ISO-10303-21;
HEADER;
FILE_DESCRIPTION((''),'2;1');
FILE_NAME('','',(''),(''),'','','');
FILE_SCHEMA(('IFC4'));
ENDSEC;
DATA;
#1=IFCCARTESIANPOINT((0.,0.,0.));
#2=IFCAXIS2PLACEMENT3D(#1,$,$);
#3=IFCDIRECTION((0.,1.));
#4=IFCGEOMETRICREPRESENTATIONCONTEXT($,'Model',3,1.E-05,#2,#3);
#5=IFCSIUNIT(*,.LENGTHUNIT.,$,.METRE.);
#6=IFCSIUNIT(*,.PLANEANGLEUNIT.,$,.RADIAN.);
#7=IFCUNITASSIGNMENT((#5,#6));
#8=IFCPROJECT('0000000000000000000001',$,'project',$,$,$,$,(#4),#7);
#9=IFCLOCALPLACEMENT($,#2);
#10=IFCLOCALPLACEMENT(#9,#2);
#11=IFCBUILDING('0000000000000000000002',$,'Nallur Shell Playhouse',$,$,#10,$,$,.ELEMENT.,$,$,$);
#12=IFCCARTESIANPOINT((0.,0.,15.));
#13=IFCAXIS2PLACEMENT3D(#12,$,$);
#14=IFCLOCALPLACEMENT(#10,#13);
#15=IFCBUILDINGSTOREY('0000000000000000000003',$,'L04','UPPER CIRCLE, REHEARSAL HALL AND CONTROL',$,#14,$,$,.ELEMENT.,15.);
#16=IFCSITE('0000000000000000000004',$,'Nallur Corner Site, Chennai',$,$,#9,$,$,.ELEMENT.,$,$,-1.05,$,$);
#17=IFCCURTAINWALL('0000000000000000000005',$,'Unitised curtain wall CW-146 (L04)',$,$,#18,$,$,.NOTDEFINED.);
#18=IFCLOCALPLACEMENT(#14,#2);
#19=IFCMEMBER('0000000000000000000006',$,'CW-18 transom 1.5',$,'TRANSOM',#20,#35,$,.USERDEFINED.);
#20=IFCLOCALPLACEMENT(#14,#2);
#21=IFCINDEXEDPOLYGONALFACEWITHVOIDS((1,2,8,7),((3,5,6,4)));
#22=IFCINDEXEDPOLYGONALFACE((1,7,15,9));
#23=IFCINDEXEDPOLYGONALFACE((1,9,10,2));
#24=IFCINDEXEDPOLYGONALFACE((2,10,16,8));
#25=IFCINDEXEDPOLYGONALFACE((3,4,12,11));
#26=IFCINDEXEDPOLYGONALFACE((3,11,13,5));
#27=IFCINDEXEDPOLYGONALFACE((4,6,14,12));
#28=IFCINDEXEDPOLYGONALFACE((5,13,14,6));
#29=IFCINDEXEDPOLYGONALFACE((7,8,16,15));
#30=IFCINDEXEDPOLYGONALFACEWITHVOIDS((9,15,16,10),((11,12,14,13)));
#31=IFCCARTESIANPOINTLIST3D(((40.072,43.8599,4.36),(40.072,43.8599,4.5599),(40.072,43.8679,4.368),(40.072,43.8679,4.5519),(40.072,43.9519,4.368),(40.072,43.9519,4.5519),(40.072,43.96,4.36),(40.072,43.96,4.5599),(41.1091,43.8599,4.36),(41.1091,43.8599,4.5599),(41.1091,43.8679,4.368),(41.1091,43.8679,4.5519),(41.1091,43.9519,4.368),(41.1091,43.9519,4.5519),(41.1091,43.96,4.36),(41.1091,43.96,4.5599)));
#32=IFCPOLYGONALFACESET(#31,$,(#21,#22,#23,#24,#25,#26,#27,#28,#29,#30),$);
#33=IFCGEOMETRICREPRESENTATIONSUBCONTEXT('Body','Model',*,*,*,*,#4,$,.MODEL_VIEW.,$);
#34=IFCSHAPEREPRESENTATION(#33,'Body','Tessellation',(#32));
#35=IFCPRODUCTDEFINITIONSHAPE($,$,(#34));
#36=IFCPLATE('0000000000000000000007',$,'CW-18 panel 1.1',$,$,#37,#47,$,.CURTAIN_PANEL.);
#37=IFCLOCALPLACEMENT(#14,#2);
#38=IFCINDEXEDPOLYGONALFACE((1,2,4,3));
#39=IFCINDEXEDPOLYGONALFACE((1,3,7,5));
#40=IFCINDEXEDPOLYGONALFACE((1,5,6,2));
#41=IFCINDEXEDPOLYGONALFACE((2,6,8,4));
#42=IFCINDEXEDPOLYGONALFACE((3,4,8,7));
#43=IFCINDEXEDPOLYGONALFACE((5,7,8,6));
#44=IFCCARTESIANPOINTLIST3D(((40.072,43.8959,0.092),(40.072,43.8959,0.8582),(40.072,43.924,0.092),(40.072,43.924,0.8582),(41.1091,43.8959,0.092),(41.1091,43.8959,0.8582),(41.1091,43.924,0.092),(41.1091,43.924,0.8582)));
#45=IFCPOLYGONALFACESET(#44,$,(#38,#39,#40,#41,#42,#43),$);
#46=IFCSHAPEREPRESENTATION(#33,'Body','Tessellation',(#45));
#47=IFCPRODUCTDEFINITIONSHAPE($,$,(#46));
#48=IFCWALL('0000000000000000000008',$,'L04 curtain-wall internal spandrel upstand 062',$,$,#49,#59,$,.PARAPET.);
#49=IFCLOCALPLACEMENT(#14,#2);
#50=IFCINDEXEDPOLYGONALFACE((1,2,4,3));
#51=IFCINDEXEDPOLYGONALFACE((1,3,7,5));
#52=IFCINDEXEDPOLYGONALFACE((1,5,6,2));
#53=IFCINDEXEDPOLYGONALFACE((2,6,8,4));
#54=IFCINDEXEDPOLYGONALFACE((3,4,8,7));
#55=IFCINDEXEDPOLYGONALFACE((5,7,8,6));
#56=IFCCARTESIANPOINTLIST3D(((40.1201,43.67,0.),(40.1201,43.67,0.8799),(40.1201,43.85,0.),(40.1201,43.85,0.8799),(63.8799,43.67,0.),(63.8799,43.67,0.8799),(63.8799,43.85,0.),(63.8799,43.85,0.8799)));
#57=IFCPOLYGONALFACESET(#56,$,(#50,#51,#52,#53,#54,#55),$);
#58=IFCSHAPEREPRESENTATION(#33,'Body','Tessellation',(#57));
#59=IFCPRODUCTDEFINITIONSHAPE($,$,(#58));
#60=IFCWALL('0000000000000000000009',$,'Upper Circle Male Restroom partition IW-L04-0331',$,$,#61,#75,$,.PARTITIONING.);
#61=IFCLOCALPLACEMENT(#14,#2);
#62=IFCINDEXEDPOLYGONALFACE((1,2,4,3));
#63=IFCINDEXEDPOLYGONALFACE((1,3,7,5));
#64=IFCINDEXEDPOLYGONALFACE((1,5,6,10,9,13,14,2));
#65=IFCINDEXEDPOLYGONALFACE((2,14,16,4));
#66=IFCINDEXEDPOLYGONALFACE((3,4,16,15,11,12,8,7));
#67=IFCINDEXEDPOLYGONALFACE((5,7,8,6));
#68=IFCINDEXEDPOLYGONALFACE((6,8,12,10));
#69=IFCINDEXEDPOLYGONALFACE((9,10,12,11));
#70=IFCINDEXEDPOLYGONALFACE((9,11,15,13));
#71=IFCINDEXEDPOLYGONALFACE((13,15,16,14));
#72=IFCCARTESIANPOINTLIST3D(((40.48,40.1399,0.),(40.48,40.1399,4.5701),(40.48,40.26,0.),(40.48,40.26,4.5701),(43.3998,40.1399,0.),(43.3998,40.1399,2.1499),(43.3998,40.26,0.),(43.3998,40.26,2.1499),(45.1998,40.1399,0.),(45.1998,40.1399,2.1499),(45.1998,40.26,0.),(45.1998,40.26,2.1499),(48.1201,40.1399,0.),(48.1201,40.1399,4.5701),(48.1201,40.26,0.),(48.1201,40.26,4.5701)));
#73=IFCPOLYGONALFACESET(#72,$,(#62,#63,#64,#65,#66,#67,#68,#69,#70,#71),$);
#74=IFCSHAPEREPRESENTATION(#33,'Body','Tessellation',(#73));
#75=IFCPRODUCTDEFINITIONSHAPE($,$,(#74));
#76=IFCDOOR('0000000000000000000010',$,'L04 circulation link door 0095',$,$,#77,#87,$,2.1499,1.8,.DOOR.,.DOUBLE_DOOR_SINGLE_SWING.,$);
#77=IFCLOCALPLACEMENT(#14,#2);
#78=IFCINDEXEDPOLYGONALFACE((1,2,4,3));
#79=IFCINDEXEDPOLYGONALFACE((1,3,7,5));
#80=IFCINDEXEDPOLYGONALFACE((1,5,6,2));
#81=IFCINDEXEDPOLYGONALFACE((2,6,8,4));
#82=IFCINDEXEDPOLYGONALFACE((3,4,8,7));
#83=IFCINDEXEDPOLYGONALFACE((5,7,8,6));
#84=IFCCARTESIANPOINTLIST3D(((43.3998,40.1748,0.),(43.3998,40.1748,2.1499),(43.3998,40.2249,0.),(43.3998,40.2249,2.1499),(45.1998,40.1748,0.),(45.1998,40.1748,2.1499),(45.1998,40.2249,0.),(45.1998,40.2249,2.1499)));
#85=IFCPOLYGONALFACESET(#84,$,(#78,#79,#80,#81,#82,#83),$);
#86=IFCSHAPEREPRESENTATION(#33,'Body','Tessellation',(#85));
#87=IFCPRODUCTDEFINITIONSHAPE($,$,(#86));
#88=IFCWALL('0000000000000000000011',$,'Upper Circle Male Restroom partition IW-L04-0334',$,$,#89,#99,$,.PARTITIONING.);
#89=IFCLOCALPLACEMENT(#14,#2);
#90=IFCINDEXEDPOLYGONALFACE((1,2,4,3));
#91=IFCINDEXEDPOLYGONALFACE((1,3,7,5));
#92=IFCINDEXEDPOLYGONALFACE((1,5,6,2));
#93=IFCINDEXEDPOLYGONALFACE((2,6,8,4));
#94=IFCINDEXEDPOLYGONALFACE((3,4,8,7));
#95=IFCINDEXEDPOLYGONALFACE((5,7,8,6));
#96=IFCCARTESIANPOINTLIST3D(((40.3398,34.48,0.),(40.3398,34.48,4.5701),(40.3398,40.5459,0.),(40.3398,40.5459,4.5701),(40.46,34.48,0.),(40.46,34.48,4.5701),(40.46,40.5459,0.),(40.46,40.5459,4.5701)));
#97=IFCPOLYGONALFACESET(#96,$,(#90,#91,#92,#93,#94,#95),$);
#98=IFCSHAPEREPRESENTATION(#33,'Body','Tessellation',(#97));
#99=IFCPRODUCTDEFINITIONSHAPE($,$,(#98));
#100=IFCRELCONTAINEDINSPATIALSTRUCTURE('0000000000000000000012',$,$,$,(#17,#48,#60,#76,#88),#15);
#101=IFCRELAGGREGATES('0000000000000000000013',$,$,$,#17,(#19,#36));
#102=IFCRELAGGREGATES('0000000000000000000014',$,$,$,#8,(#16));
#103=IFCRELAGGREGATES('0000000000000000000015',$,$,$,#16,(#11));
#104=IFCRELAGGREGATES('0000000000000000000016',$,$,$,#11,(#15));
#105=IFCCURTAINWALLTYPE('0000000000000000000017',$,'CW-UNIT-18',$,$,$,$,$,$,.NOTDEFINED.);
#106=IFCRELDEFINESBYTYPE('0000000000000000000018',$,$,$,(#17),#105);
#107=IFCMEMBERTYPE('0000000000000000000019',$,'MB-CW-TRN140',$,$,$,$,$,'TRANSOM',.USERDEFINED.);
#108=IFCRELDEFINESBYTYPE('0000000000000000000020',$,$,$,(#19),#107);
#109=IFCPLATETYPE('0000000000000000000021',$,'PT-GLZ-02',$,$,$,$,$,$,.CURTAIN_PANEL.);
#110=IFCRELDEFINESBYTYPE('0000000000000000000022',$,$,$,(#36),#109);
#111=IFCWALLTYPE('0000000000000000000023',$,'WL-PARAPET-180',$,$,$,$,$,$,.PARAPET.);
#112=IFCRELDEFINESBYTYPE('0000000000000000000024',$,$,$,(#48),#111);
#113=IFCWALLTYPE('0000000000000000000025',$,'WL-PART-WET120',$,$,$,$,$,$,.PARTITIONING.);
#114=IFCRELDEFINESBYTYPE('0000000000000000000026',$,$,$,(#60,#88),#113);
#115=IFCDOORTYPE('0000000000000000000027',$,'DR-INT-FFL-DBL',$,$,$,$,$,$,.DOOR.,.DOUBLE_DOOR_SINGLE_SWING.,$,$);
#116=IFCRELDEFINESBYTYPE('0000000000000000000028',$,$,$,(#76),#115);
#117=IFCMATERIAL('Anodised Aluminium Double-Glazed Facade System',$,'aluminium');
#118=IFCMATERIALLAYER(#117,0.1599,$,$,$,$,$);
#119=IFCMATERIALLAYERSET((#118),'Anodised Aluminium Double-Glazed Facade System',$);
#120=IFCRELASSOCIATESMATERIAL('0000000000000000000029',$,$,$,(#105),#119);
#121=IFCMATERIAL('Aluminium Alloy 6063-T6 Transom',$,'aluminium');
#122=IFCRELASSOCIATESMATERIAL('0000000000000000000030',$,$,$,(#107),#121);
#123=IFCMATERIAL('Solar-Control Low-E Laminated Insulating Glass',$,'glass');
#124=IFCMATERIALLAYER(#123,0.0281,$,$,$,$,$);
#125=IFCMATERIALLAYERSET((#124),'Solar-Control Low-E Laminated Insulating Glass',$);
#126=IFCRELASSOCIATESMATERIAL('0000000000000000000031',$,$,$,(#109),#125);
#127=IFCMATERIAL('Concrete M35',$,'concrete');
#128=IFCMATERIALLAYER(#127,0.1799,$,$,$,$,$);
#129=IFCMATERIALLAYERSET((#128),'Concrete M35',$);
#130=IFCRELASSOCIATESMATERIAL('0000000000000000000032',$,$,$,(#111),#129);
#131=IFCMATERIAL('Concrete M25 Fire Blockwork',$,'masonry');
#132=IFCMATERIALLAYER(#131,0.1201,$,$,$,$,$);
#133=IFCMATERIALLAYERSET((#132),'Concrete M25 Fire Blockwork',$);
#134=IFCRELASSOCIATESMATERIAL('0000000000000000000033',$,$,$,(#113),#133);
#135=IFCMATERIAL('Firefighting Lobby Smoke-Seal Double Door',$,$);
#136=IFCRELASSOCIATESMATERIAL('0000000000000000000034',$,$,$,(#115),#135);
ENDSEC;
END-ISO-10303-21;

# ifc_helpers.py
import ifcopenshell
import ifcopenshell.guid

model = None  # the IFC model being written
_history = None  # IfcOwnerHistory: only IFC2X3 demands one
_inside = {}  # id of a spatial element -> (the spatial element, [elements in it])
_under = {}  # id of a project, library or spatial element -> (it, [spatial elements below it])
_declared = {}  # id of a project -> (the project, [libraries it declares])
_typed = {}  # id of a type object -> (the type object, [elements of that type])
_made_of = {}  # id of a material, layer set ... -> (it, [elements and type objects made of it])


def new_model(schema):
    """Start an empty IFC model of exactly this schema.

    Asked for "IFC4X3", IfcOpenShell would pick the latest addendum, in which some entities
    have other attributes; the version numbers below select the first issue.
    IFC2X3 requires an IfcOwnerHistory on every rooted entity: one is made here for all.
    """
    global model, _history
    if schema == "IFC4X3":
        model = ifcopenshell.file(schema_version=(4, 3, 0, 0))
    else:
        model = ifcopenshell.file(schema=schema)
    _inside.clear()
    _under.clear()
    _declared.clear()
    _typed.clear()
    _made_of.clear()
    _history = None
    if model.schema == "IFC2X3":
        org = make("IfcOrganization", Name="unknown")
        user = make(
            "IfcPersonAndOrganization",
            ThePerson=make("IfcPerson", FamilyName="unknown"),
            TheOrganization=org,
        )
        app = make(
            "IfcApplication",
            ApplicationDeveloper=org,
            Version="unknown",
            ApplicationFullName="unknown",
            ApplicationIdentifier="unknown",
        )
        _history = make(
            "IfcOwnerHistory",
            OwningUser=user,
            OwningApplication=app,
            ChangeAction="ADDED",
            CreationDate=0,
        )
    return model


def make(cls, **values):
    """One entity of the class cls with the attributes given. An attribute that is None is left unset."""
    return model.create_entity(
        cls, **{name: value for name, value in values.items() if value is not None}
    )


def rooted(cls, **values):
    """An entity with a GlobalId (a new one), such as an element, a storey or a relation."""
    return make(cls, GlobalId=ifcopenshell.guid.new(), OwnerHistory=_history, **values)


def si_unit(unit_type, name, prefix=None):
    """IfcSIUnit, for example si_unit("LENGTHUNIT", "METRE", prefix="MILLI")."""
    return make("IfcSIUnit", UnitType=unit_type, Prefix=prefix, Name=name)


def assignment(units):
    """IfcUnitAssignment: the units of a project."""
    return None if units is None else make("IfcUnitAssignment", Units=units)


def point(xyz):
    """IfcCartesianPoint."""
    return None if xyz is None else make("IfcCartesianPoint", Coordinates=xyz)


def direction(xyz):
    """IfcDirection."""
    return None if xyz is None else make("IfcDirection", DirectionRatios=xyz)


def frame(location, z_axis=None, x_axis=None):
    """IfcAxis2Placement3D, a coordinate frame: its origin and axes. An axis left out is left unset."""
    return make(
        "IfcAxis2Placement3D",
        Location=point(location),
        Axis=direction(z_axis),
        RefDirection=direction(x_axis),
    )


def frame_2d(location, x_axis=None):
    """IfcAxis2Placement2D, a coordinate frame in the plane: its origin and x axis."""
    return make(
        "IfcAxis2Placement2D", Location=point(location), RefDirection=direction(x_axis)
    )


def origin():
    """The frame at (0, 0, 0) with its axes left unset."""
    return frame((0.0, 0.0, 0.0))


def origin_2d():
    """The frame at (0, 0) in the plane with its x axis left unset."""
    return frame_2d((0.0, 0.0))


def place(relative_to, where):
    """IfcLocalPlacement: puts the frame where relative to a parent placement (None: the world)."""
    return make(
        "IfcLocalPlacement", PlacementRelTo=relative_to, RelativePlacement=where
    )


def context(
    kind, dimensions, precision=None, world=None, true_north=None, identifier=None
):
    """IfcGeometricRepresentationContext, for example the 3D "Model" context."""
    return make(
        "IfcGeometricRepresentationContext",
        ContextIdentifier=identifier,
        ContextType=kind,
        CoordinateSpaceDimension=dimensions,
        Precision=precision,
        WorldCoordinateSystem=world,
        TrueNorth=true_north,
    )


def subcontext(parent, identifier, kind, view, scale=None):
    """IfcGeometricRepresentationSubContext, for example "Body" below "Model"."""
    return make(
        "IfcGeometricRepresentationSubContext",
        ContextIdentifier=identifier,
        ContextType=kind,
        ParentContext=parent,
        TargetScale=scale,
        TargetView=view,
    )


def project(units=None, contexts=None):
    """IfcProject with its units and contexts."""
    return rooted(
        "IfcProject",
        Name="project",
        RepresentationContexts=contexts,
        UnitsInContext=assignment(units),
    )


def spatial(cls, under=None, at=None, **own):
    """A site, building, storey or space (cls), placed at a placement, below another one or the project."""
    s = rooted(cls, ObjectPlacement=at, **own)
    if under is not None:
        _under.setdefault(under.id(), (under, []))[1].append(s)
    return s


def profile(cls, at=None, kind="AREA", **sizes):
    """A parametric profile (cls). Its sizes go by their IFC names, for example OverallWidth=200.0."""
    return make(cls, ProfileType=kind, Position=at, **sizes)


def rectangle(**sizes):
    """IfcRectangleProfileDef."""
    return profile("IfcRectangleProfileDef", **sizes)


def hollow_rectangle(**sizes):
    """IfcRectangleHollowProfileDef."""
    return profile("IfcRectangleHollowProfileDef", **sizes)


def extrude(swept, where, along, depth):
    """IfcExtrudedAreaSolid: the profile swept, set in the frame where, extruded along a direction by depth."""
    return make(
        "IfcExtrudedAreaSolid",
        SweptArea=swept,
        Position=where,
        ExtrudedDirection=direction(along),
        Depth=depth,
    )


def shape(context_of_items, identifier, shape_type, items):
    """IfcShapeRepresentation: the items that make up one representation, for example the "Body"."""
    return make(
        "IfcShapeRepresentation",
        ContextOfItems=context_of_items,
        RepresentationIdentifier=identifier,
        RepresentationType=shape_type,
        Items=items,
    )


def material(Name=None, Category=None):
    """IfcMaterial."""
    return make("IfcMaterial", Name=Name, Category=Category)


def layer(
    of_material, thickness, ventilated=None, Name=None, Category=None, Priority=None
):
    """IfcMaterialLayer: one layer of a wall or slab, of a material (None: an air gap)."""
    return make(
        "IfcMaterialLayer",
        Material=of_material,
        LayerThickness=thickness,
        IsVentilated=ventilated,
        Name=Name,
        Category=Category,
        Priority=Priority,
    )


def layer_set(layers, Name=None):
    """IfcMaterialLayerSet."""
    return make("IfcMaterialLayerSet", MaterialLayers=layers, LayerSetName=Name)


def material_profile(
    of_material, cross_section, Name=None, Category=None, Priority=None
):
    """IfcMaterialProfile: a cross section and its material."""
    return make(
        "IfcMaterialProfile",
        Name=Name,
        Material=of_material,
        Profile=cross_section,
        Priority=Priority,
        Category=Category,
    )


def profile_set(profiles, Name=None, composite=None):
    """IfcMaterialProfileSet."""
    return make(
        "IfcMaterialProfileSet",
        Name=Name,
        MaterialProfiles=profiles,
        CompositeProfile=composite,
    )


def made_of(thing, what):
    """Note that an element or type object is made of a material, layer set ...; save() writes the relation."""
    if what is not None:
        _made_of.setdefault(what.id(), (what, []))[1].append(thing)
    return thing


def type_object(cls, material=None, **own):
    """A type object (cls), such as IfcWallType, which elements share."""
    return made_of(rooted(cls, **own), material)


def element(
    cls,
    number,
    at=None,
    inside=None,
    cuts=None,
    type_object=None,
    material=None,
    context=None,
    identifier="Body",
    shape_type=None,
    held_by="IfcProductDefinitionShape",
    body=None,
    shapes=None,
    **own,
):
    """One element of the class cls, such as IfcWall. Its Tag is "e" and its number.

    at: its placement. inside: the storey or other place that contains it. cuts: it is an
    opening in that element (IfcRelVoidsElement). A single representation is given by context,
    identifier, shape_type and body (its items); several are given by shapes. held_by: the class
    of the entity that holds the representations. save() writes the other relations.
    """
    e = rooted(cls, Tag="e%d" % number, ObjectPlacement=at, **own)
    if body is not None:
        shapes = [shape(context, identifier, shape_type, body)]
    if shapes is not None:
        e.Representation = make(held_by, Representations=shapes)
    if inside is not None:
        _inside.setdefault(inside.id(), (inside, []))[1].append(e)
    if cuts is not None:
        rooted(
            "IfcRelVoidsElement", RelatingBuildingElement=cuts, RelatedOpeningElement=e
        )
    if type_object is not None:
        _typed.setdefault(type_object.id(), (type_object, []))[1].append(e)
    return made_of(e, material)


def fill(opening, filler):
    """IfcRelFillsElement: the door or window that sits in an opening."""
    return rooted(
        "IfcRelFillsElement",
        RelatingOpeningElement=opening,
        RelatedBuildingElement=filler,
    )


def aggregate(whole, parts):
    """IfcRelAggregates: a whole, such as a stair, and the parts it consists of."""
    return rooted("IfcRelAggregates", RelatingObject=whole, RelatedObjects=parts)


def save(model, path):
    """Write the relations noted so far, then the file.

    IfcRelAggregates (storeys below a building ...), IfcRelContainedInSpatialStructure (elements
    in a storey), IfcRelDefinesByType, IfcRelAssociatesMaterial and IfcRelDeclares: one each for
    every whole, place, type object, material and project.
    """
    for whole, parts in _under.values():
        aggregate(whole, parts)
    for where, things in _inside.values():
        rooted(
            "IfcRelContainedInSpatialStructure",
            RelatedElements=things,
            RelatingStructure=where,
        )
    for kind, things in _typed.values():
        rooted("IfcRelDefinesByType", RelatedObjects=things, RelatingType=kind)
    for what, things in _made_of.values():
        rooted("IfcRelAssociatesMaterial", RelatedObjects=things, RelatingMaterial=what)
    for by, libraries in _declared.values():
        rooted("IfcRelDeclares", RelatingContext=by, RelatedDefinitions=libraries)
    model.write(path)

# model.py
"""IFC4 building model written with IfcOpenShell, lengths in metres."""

from ifc_helpers import new_model, si_unit, direction, frame, frame_2d, origin, origin_2d, place, context, subcontext, project, spatial, rectangle, hollow_rectangle, extrude, material, layer, layer_set, material_profile, profile_set, type_object, element, fill, aggregate, save


model = new_model("IFC4")

# Units and contexts
model_context = context("Model", 3, precision=1e-05, world=origin(), true_north=direction((0.0, 1.0)))
body_context = subcontext(model_context, "Body", "Model", "MODEL_VIEW")
ifc_project = project(units=[si_unit("LENGTHUNIT", "METRE"), si_unit("PLANEANGLEUNIT", "RADIAN")], contexts=[model_context])

# Site, building, storey
site_placement = place(None, origin())
site = spatial("IfcSite", under=ifc_project, at=site_placement, Name="Nallur Corner Site, Chennai", CompositionType="ELEMENT", RefElevation=-1.05)
building_placement = place(site_placement, origin())
building = spatial("IfcBuilding", under=site, at=building_placement, Name="Nallur Shell Playhouse", CompositionType="ELEMENT")
storey_placement = place(building_placement, frame((0.0, 0.0, 15.0)))
storey = spatial("IfcBuildingStorey", under=building, at=storey_placement, Name="L04", Description="UPPER CIRCLE, REHEARSAL HALL AND CONTROL", CompositionType="ELEMENT", Elevation=15.0)

# Shared definitions
ifc_material_1 = material(Name="Concrete M35", Category="concrete")

# Curtain wall, member, plate
ifc_material_2 = material(Name="Anodised Aluminium Double-Glazed Facade System", Category="aluminium")
ifc_layer_1 = layer(ifc_material_2, 0.1599)
ifc_layer_set_1 = layer_set([ifc_layer_1], Name="Anodised Aluminium Double-Glazed Facade System")
curtain_wall_type = type_object("IfcCurtainWallType", Name="CW-UNIT-18", PredefinedType="NOTDEFINED", material=ifc_layer_set_1)
curtain_wall_placement = place(storey_placement, origin())
curtain_wall = element("IfcCurtainWall", 1, at=curtain_wall_placement, inside=storey, type_object=curtain_wall_type, Name="Unitised curtain wall CW-146 (L04)", PredefinedType="NOTDEFINED")
ifc_material_3 = material(Name="Aluminium Alloy 6063-T6 Transom", Category="aluminium")
ifc_material_profile_1 = material_profile(ifc_material_3, hollow_rectangle(XDim=0.1001, YDim=0.2, WallThickness=0.0081, at=origin_2d()), Name="RHS 200x100x8")
ifc_profile_set_1 = profile_set([ifc_material_profile_1], Name="Aluminium Alloy 6063-T6 Transom")
member_type_1 = type_object("IfcMemberType", Name="MB-CW-TRN140", ElementType="TRANSOM", PredefinedType="USERDEFINED", material=ifc_profile_set_1)
member_1_placement = place(storey_placement, frame((40.072, 43.9099, 4.46), z_axis=(1.0, 0.0, 0.0), x_axis=(0.0, 1.0, 0.0)))
member_1 = element("IfcMember", 2, at=member_1_placement, type_object=member_type_1, Name="CW-18 transom 1.5", ObjectType="TRANSOM", PredefinedType="USERDEFINED", context=body_context, shape_type="SweptSolid", body=[
    extrude(hollow_rectangle(XDim=0.1001, YDim=0.2, WallThickness=0.0081, at=origin_2d()), origin(), (0.0, 0.0, 1.0), 1.0371),
])
ifc_material_4 = material(Name="Solar-Control Low-E Laminated Insulating Glass", Category="glass")
ifc_layer_2 = layer(ifc_material_4, 0.0281)
ifc_layer_set_2 = layer_set([ifc_layer_2], Name="Solar-Control Low-E Laminated Insulating Glass")
plate_type = type_object("IfcPlateType", Name="PT-GLZ-02", PredefinedType="CURTAIN_PANEL", material=ifc_layer_set_2)
plate_placement = place(storey_placement, frame((40.5906, 43.9099, 0.092), z_axis=(0.0, 0.0, 1.0), x_axis=(1.0, 0.0, 0.0)))
plate = element("IfcPlate", 3, at=plate_placement, type_object=plate_type, Name="CW-18 panel 1.1", PredefinedType="CURTAIN_PANEL", context=body_context, shape_type="SweptSolid", body=[
    extrude(rectangle(XDim=1.0371, YDim=0.0281, at=origin_2d()), origin(), (0.0, 0.0, 1.0), 0.7661),
])
aggregate(curtain_wall, [member_1, plate])

# Wall
ifc_layer_3 = layer(ifc_material_1, 0.1799)
ifc_layer_set_3 = layer_set([ifc_layer_3], Name="Concrete M35")
wall_type_1 = type_object("IfcWallType", Name="WL-PARAPET-180", PredefinedType="PARAPET", material=ifc_layer_set_3)
wall_1_placement = place(storey_placement, frame((40.1201, 43.76, 0.0), z_axis=(0.0, 0.0, 1.0), x_axis=(1.0, 0.0, 0.0)))
element("IfcWall", 4, at=wall_1_placement, inside=storey, type_object=wall_type_1, Name="L04 curtain-wall internal spandrel upstand 062", PredefinedType="PARAPET", context=body_context, shape_type="SweptSolid", body=[
    extrude(rectangle(XDim=23.7598, YDim=0.1799, at=frame_2d((11.8799, 0.0))), origin(), (0.0, 0.0, 1.0), 0.8799),
])

# Wall, opening, door
ifc_material_5 = material(Name="Concrete M25 Fire Blockwork", Category="masonry")
ifc_layer_4 = layer(ifc_material_5, 0.1201)
ifc_layer_set_4 = layer_set([ifc_layer_4], Name="Concrete M25 Fire Blockwork")
wall_type_2 = type_object("IfcWallType", Name="WL-PART-WET120", PredefinedType="PARTITIONING", material=ifc_layer_set_4)
wall_2_placement = place(storey_placement, frame((40.48, 40.2, 0.0), z_axis=(0.0, 0.0, 1.0), x_axis=(1.0, 0.0, 0.0)))
wall_2 = element("IfcWall", 5, at=wall_2_placement, inside=storey, type_object=wall_type_2, Name="Upper Circle Male Restroom partition IW-L04-0331", PredefinedType="PARTITIONING", context=body_context, shape_type="SweptSolid", body=[
    extrude(rectangle(XDim=7.6401, YDim=0.1201, at=frame_2d((3.8201, 0.0))), origin(), (0.0, 0.0, 1.0), 4.5701),
])
opening_placement = place(wall_2_placement, frame((2.9199, 0.0, 0.0)))
opening = element("IfcOpeningElement", 6, at=opening_placement, cuts=wall_2, PredefinedType="OPENING", context=body_context, shape_type="SweptSolid", body=[
    extrude(rectangle(XDim=1.8, YDim=2.1499, at=frame_2d((0.8999, 1.075))), frame((0.0, 0.0701, 0.0), z_axis=(0.0, -1.0, 0.0), x_axis=(1.0, 0.0, 0.0)), (0.0, 0.0, 1.0), 0.1401),
])
ifc_material_6 = material(Name="Firefighting Lobby Smoke-Seal Double Door")
door_type = type_object("IfcDoorType", Name="DR-INT-FFL-DBL", OperationType="DOUBLE_DOOR_SINGLE_SWING", PredefinedType="DOOR", material=ifc_material_6)
door_placement = place(opening_placement, origin())
door = element("IfcDoor", 7, at=door_placement, inside=storey, type_object=door_type, Name="L04 circulation link door 0095", OperationType="DOUBLE_DOOR_SINGLE_SWING", OverallHeight=2.1499, OverallWidth=1.8, PredefinedType="DOOR", context=body_context, shape_type="SweptSolid", body=[
    extrude(rectangle(XDim=1.8, YDim=2.1499, at=frame_2d((0.8999, 1.075))), frame((0.0, 0.0249, 0.0), z_axis=(0.0, -1.0, 0.0), x_axis=(1.0, 0.0, 0.0)), (0.0, 0.0, 1.0), 0.05),
])
fill(opening, door)

# Wall
wall_3_placement = place(storey_placement, frame((40.3999, 34.48, 0.0), z_axis=(0.0, 0.0, 1.0), x_axis=(0.0, 1.0, 0.0)))
element("IfcWall", 8, at=wall_3_placement, inside=storey, type_object=wall_type_2, Name="Upper Circle Male Restroom partition IW-L04-0334", PredefinedType="PARTITIONING", context=body_context, shape_type="SweptSolid", body=[
    extrude(rectangle(XDim=6.0659, YDim=0.1201, at=frame_2d((3.033, 0.0))), origin(), (0.0, 0.0, 1.0), 4.5701),
])

save(model, "model.ifc")
